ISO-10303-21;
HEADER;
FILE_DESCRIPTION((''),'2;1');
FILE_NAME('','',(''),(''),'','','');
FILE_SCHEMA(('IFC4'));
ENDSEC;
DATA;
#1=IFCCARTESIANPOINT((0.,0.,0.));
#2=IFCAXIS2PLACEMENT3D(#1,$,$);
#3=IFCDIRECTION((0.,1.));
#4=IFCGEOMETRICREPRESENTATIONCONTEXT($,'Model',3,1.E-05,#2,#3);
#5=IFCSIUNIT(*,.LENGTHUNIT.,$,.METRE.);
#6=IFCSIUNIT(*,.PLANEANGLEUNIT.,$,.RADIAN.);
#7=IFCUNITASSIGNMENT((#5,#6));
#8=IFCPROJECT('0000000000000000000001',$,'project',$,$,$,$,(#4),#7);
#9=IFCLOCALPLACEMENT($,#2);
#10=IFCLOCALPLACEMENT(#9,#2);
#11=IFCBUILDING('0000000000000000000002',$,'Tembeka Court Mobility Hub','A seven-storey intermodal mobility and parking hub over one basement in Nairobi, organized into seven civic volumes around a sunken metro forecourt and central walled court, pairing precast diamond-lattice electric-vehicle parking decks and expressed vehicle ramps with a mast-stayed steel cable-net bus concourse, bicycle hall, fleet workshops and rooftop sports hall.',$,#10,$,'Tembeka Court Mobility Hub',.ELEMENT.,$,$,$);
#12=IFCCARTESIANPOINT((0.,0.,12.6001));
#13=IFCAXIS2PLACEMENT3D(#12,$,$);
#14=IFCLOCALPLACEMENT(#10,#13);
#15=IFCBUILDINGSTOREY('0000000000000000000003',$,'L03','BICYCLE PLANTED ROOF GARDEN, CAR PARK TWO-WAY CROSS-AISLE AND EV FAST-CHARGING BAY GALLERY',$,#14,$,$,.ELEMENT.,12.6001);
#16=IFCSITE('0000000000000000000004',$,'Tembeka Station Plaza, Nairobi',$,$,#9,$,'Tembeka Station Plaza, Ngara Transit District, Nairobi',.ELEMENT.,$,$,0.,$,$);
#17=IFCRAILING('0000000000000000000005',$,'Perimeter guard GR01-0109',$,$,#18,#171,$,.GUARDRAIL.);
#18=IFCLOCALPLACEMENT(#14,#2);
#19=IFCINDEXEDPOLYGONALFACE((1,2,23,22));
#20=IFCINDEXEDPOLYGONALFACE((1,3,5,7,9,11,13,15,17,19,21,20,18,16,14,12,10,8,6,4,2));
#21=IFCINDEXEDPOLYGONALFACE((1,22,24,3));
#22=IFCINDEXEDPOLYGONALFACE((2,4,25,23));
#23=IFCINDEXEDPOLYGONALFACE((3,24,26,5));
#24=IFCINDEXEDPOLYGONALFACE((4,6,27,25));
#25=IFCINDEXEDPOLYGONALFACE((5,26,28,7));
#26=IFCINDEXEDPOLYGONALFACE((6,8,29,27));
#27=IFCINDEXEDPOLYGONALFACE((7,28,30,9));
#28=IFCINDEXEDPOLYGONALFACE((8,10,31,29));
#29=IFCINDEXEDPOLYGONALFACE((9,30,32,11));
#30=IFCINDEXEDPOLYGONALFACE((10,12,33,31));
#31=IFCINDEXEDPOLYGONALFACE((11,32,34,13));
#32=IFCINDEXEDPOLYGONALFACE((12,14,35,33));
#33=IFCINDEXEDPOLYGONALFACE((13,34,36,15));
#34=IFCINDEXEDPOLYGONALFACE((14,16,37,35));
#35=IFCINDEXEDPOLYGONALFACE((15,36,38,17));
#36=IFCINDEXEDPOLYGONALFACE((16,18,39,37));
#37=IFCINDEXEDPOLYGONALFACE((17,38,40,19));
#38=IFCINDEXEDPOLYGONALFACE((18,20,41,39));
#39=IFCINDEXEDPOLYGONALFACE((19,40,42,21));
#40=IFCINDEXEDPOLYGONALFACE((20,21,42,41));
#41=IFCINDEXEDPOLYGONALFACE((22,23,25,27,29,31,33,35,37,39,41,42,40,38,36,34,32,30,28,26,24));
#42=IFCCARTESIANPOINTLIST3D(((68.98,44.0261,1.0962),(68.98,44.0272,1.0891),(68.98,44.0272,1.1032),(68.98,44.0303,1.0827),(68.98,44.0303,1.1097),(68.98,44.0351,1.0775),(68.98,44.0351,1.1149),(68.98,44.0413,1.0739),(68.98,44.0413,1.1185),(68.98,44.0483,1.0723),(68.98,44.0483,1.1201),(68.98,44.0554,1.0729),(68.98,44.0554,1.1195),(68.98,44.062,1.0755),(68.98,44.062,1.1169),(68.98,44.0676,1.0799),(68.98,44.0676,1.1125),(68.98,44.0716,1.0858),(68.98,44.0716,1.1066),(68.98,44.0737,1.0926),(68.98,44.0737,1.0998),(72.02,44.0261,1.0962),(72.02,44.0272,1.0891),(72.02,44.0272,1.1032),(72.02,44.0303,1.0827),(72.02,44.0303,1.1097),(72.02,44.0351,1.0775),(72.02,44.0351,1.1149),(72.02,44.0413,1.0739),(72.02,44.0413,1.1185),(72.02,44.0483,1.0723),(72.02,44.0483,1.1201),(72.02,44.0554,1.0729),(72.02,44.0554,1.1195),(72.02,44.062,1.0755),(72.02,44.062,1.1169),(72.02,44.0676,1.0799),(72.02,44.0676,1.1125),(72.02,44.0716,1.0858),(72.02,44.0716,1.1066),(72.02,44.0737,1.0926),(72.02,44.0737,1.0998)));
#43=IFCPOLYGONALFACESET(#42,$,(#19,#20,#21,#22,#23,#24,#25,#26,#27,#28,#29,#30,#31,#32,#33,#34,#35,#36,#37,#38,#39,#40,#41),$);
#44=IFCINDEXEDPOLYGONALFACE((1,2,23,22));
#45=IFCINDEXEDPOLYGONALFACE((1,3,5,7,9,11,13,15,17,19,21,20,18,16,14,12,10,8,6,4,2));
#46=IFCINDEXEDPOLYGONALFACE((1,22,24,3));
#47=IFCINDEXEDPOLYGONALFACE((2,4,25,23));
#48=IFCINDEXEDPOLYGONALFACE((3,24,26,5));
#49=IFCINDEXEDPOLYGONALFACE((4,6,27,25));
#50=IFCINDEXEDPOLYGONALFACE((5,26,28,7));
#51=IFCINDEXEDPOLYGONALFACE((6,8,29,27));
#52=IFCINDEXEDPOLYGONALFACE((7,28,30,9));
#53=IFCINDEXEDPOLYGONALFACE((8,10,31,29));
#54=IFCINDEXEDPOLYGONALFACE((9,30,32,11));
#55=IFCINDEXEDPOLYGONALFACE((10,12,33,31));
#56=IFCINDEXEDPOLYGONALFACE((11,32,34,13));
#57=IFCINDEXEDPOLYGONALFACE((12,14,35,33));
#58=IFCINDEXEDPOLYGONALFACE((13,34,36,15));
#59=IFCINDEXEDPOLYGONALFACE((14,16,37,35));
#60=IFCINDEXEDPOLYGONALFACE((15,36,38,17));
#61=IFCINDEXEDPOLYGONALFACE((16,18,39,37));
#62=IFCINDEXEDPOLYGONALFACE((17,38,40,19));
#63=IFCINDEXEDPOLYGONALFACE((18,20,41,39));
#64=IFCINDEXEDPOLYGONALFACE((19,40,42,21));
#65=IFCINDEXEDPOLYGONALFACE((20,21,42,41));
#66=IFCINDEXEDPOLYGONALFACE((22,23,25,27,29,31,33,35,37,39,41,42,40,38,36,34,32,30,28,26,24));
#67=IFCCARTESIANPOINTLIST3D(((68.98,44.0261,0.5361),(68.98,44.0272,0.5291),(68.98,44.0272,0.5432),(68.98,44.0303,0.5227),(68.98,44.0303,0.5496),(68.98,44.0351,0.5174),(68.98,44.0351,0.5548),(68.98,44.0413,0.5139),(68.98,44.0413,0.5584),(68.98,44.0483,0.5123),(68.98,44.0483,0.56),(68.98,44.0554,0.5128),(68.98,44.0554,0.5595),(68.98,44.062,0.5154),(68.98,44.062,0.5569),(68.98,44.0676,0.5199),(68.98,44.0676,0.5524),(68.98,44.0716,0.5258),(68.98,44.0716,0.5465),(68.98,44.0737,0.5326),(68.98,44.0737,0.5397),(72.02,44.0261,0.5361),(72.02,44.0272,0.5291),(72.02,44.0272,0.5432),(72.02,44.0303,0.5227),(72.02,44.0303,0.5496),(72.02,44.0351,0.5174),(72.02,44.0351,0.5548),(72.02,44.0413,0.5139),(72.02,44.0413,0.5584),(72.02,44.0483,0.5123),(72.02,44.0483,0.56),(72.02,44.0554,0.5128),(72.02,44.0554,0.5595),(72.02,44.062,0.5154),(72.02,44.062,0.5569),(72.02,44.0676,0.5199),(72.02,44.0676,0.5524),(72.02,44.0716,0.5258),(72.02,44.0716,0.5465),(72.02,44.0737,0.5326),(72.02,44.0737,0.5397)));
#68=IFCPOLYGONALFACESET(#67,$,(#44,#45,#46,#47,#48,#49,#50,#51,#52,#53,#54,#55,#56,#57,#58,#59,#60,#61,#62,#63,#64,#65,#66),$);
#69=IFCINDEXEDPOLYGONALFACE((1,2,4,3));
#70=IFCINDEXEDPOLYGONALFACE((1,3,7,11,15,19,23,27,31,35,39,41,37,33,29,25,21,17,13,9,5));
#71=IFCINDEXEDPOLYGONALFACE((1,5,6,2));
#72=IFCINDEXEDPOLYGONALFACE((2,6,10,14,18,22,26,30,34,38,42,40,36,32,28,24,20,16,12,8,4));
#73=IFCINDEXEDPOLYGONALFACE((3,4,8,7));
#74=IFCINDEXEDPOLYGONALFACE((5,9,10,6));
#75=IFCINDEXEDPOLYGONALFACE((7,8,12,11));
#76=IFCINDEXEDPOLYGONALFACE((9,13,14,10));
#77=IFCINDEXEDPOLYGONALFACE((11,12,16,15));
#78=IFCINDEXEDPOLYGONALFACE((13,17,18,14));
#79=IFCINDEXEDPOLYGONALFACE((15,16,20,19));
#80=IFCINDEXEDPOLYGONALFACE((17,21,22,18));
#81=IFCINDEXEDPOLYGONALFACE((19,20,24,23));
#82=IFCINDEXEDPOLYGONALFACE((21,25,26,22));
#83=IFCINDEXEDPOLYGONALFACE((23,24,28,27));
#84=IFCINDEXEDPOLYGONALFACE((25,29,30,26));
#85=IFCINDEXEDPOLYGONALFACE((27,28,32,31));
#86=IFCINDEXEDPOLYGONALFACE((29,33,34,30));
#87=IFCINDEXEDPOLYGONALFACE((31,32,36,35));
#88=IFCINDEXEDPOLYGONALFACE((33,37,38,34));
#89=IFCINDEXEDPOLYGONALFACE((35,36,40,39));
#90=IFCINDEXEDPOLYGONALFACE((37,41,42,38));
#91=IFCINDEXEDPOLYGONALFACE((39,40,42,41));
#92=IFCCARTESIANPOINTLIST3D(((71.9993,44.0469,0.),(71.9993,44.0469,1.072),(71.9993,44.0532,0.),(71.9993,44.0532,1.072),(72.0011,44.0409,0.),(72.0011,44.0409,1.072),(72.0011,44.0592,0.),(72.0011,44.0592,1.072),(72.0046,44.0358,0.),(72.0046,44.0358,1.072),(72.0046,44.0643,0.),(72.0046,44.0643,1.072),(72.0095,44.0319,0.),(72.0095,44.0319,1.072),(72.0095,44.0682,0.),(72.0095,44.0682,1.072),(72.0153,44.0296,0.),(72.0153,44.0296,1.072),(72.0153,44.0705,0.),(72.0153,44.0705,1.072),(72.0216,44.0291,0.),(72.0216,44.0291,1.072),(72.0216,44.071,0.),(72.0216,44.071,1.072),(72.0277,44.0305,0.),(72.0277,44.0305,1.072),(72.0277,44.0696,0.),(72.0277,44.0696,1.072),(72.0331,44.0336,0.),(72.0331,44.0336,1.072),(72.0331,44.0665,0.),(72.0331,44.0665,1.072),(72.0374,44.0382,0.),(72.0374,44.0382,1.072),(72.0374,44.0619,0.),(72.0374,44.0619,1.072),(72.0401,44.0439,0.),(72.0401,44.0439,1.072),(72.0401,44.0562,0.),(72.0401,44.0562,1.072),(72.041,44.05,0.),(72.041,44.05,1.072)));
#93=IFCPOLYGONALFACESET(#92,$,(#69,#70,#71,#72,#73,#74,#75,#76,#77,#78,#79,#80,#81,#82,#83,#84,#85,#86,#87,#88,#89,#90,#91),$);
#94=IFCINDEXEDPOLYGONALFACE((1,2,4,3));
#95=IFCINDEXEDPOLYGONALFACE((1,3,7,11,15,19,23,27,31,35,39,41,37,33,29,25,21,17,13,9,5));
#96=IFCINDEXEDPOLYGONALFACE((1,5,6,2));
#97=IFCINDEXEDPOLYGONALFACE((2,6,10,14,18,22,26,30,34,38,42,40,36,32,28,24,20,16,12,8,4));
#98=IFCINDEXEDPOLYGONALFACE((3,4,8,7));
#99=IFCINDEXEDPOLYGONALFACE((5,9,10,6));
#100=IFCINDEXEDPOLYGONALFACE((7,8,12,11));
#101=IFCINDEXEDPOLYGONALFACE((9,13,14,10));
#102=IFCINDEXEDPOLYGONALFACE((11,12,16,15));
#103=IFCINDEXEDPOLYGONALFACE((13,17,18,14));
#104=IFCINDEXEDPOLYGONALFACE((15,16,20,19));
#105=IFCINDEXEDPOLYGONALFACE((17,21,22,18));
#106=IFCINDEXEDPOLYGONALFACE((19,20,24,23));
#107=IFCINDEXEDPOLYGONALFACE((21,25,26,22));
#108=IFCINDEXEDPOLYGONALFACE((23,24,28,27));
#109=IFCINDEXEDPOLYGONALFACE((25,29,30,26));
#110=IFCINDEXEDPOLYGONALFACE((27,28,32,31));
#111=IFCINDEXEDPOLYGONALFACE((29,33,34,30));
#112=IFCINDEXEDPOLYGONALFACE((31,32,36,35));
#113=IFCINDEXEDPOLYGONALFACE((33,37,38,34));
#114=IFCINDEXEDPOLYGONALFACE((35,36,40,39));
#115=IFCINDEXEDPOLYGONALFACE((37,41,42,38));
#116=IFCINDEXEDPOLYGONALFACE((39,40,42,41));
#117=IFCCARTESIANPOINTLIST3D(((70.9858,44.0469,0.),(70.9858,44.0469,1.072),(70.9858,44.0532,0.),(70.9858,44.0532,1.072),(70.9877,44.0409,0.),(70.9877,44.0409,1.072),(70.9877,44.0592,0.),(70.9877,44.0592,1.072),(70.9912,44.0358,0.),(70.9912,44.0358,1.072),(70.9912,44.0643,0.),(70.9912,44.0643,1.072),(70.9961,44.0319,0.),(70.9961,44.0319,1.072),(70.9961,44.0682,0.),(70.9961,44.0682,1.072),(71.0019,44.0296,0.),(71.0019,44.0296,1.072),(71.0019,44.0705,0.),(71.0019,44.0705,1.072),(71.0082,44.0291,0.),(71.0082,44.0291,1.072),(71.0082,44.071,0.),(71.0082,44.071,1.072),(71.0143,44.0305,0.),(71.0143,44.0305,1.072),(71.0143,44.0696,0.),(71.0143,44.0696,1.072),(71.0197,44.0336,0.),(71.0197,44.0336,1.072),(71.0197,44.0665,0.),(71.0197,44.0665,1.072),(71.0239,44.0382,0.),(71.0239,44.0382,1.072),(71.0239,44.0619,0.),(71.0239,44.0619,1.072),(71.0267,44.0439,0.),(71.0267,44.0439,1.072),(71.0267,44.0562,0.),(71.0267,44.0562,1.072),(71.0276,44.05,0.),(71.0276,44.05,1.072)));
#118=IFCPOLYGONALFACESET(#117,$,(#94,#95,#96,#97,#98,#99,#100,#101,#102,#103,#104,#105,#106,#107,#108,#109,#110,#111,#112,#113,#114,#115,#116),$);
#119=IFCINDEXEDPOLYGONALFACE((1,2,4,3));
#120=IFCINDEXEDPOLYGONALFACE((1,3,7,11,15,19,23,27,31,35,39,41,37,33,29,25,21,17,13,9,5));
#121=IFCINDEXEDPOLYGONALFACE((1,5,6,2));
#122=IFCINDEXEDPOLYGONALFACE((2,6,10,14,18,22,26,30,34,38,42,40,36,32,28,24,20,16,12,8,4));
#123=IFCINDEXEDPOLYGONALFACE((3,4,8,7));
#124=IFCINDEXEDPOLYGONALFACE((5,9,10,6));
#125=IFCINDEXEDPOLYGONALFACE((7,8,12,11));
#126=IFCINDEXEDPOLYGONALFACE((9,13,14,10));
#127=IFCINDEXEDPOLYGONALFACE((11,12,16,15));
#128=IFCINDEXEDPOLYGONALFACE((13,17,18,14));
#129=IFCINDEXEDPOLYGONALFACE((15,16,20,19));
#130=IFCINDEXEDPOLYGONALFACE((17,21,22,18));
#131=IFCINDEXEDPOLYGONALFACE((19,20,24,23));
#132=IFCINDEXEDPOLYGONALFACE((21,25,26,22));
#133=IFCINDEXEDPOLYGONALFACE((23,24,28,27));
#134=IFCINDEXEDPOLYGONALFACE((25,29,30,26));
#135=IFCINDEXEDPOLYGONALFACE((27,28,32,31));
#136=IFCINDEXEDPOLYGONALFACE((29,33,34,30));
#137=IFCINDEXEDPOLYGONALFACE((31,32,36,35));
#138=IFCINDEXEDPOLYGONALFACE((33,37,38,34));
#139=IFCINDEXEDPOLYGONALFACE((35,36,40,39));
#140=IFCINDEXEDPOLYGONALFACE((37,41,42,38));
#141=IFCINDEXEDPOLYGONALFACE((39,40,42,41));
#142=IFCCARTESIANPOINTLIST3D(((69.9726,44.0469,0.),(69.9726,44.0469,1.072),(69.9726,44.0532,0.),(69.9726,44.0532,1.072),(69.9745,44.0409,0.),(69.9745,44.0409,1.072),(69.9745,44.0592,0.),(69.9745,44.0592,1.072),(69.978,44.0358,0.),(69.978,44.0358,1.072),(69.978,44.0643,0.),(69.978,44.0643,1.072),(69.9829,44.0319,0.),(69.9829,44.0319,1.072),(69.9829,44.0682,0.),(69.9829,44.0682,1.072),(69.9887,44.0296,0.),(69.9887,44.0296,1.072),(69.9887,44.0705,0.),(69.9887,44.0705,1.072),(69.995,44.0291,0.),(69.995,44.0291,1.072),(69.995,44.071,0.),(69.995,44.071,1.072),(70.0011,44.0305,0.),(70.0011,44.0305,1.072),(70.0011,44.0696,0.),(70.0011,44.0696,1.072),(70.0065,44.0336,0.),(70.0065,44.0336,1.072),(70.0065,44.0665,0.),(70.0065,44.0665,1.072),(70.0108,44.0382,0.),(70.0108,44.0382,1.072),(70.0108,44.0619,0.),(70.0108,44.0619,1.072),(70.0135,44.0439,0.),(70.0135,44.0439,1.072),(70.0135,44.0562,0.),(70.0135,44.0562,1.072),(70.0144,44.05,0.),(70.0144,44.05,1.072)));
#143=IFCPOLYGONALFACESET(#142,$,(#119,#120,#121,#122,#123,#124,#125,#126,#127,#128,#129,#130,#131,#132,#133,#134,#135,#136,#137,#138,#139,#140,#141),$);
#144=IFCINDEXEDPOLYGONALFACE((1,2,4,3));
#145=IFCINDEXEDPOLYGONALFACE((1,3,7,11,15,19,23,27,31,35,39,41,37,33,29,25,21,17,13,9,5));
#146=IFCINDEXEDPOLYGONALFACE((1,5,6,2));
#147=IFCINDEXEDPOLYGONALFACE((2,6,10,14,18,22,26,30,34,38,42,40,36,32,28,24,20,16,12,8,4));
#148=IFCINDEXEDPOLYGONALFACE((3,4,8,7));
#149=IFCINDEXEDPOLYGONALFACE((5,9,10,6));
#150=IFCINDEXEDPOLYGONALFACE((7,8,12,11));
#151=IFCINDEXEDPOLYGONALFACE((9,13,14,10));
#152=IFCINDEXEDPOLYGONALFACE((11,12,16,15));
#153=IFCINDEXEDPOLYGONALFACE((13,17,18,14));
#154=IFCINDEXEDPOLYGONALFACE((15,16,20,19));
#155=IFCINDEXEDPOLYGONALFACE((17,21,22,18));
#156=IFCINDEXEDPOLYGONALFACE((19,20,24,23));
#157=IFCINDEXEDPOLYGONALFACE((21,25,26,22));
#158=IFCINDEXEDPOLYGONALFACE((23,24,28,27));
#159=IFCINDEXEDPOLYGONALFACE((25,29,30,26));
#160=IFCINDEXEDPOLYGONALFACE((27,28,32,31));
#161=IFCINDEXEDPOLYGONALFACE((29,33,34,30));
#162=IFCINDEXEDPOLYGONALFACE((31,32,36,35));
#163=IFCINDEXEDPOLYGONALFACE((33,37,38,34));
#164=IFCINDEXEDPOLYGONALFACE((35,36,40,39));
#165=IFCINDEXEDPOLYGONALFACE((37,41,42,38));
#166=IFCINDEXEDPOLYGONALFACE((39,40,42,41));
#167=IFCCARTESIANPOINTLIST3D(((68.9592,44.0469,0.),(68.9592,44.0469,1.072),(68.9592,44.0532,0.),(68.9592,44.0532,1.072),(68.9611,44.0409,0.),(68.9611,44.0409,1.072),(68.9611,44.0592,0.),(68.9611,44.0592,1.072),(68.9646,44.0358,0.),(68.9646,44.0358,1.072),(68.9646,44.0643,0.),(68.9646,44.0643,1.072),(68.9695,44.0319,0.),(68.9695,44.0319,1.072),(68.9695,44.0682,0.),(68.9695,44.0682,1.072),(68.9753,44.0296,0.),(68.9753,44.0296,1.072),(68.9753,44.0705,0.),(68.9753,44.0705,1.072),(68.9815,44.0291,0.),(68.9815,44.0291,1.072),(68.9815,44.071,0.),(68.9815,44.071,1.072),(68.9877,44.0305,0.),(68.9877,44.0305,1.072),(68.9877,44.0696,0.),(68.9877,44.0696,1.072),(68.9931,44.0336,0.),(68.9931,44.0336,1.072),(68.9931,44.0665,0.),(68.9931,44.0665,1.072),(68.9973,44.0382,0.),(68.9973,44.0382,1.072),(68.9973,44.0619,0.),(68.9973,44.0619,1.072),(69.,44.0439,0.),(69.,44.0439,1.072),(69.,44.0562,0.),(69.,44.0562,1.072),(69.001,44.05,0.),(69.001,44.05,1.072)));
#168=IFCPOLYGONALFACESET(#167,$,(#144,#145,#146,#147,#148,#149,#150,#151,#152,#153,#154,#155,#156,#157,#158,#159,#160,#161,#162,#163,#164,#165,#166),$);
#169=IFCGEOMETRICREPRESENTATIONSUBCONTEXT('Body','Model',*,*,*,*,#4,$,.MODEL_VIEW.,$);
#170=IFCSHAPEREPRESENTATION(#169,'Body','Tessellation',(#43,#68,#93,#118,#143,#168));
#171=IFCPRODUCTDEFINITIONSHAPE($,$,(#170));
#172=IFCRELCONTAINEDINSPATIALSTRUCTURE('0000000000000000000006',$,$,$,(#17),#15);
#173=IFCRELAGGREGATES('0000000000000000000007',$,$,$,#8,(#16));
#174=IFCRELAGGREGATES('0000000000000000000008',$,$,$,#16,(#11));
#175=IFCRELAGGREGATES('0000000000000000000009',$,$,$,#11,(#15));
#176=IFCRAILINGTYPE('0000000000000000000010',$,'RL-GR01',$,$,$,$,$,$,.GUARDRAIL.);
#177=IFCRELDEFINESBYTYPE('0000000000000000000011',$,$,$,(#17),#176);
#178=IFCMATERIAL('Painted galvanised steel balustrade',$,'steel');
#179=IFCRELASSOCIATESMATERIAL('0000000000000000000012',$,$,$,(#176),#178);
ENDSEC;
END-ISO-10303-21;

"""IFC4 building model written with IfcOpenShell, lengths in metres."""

from ifc_helpers import new_model, si_unit, direction, frame, origin, origin_2d, place, context, subcontext, project, spatial, circle, extrude, material, type_object, element, save


model = new_model("IFC4")

# Units and contexts
model_context = context("Model", 3, precision=1e-05, world=origin(), true_north=direction((0.0, 1.0)))
body_context = subcontext(model_context, "Body", "Model", "MODEL_VIEW")
ifc_project = project(units=[si_unit("LENGTHUNIT", "METRE"), si_unit("PLANEANGLEUNIT", "RADIAN")], contexts=[model_context])

# Site, building, storey
site_placement = place(None, origin())
site = spatial("IfcSite", under=ifc_project, at=site_placement, Name="Tembeka Station Plaza, Nairobi", LongName="Tembeka Station Plaza, Ngara Transit District, Nairobi", CompositionType="ELEMENT", RefElevation=0.0)
building_placement = place(site_placement, origin())
building = spatial("IfcBuilding", under=site, at=building_placement, Name="Tembeka Court Mobility Hub", Description="A seven-storey intermodal mobility and parking hub over one basement in Nairobi, organized into seven civic volumes around a sunken metro forecourt and central walled court, pairing precast diamond-lattice electric-vehicle parking decks and expressed vehicle ramps with a mast-stayed steel cable-net bus concourse, bicycle hall, fleet workshops and rooftop sports hall.", LongName="Tembeka Court Mobility Hub", CompositionType="ELEMENT")
storey_placement = place(building_placement, frame((0.0, 0.0, 12.6001)))
storey = spatial("IfcBuildingStorey", under=building, at=storey_placement, Name="L03", Description="BICYCLE PLANTED ROOF GARDEN, CAR PARK TWO-WAY CROSS-AISLE AND EV FAST-CHARGING BAY GALLERY", CompositionType="ELEMENT", Elevation=12.6001)

# Railing
ifc_material_1 = material(Name="Painted galvanised steel balustrade", Category="steel")
railing_type = type_object("IfcRailingType", Name="RL-GR01", PredefinedType="GUARDRAIL", material=ifc_material_1)
railing_1_placement = place(storey_placement, frame((72.02, 44.05, 0.0)))
element("IfcRailing", 1, at=railing_1_placement, inside=storey, type_object=railing_type, Name="Perimeter guard GR01-0109", PredefinedType="GUARDRAIL", context=body_context, shape_type="SweptSolid", body=[
    extrude(circle(Radius=0.0239, at=origin_2d()), frame((0.0, 0.0, 1.0962), z_axis=(-1.0, 0.0, 0.0), x_axis=(0.0, -1.0, 0.0)), (0.0, 0.0, 1.0), 3.04),
    extrude(circle(Radius=0.0239, at=origin_2d()), frame((0.0, 0.0, 0.5361), z_axis=(-1.0, 0.0, 0.0), x_axis=(0.0, -1.0, 0.0)), (0.0, 0.0, 1.0), 3.04),
    extrude(circle(Radius=0.021, at=origin_2d()), origin(), (0.0, 0.0, 1.0), 1.072),
    extrude(circle(Radius=0.021, at=origin_2d()), frame((-1.0134, 0.0, 0.0)), (0.0, 0.0, 1.0), 1.072),
    extrude(circle(Radius=0.021, at=origin_2d()), frame((-2.0266, 0.0, 0.0)), (0.0, 0.0, 1.0), 1.072),
    extrude(circle(Radius=0.021, at=origin_2d()), frame((-3.04, 0.0, 0.0)), (0.0, 0.0, 1.0), 1.072),
])

save(model, "model.ifc")
